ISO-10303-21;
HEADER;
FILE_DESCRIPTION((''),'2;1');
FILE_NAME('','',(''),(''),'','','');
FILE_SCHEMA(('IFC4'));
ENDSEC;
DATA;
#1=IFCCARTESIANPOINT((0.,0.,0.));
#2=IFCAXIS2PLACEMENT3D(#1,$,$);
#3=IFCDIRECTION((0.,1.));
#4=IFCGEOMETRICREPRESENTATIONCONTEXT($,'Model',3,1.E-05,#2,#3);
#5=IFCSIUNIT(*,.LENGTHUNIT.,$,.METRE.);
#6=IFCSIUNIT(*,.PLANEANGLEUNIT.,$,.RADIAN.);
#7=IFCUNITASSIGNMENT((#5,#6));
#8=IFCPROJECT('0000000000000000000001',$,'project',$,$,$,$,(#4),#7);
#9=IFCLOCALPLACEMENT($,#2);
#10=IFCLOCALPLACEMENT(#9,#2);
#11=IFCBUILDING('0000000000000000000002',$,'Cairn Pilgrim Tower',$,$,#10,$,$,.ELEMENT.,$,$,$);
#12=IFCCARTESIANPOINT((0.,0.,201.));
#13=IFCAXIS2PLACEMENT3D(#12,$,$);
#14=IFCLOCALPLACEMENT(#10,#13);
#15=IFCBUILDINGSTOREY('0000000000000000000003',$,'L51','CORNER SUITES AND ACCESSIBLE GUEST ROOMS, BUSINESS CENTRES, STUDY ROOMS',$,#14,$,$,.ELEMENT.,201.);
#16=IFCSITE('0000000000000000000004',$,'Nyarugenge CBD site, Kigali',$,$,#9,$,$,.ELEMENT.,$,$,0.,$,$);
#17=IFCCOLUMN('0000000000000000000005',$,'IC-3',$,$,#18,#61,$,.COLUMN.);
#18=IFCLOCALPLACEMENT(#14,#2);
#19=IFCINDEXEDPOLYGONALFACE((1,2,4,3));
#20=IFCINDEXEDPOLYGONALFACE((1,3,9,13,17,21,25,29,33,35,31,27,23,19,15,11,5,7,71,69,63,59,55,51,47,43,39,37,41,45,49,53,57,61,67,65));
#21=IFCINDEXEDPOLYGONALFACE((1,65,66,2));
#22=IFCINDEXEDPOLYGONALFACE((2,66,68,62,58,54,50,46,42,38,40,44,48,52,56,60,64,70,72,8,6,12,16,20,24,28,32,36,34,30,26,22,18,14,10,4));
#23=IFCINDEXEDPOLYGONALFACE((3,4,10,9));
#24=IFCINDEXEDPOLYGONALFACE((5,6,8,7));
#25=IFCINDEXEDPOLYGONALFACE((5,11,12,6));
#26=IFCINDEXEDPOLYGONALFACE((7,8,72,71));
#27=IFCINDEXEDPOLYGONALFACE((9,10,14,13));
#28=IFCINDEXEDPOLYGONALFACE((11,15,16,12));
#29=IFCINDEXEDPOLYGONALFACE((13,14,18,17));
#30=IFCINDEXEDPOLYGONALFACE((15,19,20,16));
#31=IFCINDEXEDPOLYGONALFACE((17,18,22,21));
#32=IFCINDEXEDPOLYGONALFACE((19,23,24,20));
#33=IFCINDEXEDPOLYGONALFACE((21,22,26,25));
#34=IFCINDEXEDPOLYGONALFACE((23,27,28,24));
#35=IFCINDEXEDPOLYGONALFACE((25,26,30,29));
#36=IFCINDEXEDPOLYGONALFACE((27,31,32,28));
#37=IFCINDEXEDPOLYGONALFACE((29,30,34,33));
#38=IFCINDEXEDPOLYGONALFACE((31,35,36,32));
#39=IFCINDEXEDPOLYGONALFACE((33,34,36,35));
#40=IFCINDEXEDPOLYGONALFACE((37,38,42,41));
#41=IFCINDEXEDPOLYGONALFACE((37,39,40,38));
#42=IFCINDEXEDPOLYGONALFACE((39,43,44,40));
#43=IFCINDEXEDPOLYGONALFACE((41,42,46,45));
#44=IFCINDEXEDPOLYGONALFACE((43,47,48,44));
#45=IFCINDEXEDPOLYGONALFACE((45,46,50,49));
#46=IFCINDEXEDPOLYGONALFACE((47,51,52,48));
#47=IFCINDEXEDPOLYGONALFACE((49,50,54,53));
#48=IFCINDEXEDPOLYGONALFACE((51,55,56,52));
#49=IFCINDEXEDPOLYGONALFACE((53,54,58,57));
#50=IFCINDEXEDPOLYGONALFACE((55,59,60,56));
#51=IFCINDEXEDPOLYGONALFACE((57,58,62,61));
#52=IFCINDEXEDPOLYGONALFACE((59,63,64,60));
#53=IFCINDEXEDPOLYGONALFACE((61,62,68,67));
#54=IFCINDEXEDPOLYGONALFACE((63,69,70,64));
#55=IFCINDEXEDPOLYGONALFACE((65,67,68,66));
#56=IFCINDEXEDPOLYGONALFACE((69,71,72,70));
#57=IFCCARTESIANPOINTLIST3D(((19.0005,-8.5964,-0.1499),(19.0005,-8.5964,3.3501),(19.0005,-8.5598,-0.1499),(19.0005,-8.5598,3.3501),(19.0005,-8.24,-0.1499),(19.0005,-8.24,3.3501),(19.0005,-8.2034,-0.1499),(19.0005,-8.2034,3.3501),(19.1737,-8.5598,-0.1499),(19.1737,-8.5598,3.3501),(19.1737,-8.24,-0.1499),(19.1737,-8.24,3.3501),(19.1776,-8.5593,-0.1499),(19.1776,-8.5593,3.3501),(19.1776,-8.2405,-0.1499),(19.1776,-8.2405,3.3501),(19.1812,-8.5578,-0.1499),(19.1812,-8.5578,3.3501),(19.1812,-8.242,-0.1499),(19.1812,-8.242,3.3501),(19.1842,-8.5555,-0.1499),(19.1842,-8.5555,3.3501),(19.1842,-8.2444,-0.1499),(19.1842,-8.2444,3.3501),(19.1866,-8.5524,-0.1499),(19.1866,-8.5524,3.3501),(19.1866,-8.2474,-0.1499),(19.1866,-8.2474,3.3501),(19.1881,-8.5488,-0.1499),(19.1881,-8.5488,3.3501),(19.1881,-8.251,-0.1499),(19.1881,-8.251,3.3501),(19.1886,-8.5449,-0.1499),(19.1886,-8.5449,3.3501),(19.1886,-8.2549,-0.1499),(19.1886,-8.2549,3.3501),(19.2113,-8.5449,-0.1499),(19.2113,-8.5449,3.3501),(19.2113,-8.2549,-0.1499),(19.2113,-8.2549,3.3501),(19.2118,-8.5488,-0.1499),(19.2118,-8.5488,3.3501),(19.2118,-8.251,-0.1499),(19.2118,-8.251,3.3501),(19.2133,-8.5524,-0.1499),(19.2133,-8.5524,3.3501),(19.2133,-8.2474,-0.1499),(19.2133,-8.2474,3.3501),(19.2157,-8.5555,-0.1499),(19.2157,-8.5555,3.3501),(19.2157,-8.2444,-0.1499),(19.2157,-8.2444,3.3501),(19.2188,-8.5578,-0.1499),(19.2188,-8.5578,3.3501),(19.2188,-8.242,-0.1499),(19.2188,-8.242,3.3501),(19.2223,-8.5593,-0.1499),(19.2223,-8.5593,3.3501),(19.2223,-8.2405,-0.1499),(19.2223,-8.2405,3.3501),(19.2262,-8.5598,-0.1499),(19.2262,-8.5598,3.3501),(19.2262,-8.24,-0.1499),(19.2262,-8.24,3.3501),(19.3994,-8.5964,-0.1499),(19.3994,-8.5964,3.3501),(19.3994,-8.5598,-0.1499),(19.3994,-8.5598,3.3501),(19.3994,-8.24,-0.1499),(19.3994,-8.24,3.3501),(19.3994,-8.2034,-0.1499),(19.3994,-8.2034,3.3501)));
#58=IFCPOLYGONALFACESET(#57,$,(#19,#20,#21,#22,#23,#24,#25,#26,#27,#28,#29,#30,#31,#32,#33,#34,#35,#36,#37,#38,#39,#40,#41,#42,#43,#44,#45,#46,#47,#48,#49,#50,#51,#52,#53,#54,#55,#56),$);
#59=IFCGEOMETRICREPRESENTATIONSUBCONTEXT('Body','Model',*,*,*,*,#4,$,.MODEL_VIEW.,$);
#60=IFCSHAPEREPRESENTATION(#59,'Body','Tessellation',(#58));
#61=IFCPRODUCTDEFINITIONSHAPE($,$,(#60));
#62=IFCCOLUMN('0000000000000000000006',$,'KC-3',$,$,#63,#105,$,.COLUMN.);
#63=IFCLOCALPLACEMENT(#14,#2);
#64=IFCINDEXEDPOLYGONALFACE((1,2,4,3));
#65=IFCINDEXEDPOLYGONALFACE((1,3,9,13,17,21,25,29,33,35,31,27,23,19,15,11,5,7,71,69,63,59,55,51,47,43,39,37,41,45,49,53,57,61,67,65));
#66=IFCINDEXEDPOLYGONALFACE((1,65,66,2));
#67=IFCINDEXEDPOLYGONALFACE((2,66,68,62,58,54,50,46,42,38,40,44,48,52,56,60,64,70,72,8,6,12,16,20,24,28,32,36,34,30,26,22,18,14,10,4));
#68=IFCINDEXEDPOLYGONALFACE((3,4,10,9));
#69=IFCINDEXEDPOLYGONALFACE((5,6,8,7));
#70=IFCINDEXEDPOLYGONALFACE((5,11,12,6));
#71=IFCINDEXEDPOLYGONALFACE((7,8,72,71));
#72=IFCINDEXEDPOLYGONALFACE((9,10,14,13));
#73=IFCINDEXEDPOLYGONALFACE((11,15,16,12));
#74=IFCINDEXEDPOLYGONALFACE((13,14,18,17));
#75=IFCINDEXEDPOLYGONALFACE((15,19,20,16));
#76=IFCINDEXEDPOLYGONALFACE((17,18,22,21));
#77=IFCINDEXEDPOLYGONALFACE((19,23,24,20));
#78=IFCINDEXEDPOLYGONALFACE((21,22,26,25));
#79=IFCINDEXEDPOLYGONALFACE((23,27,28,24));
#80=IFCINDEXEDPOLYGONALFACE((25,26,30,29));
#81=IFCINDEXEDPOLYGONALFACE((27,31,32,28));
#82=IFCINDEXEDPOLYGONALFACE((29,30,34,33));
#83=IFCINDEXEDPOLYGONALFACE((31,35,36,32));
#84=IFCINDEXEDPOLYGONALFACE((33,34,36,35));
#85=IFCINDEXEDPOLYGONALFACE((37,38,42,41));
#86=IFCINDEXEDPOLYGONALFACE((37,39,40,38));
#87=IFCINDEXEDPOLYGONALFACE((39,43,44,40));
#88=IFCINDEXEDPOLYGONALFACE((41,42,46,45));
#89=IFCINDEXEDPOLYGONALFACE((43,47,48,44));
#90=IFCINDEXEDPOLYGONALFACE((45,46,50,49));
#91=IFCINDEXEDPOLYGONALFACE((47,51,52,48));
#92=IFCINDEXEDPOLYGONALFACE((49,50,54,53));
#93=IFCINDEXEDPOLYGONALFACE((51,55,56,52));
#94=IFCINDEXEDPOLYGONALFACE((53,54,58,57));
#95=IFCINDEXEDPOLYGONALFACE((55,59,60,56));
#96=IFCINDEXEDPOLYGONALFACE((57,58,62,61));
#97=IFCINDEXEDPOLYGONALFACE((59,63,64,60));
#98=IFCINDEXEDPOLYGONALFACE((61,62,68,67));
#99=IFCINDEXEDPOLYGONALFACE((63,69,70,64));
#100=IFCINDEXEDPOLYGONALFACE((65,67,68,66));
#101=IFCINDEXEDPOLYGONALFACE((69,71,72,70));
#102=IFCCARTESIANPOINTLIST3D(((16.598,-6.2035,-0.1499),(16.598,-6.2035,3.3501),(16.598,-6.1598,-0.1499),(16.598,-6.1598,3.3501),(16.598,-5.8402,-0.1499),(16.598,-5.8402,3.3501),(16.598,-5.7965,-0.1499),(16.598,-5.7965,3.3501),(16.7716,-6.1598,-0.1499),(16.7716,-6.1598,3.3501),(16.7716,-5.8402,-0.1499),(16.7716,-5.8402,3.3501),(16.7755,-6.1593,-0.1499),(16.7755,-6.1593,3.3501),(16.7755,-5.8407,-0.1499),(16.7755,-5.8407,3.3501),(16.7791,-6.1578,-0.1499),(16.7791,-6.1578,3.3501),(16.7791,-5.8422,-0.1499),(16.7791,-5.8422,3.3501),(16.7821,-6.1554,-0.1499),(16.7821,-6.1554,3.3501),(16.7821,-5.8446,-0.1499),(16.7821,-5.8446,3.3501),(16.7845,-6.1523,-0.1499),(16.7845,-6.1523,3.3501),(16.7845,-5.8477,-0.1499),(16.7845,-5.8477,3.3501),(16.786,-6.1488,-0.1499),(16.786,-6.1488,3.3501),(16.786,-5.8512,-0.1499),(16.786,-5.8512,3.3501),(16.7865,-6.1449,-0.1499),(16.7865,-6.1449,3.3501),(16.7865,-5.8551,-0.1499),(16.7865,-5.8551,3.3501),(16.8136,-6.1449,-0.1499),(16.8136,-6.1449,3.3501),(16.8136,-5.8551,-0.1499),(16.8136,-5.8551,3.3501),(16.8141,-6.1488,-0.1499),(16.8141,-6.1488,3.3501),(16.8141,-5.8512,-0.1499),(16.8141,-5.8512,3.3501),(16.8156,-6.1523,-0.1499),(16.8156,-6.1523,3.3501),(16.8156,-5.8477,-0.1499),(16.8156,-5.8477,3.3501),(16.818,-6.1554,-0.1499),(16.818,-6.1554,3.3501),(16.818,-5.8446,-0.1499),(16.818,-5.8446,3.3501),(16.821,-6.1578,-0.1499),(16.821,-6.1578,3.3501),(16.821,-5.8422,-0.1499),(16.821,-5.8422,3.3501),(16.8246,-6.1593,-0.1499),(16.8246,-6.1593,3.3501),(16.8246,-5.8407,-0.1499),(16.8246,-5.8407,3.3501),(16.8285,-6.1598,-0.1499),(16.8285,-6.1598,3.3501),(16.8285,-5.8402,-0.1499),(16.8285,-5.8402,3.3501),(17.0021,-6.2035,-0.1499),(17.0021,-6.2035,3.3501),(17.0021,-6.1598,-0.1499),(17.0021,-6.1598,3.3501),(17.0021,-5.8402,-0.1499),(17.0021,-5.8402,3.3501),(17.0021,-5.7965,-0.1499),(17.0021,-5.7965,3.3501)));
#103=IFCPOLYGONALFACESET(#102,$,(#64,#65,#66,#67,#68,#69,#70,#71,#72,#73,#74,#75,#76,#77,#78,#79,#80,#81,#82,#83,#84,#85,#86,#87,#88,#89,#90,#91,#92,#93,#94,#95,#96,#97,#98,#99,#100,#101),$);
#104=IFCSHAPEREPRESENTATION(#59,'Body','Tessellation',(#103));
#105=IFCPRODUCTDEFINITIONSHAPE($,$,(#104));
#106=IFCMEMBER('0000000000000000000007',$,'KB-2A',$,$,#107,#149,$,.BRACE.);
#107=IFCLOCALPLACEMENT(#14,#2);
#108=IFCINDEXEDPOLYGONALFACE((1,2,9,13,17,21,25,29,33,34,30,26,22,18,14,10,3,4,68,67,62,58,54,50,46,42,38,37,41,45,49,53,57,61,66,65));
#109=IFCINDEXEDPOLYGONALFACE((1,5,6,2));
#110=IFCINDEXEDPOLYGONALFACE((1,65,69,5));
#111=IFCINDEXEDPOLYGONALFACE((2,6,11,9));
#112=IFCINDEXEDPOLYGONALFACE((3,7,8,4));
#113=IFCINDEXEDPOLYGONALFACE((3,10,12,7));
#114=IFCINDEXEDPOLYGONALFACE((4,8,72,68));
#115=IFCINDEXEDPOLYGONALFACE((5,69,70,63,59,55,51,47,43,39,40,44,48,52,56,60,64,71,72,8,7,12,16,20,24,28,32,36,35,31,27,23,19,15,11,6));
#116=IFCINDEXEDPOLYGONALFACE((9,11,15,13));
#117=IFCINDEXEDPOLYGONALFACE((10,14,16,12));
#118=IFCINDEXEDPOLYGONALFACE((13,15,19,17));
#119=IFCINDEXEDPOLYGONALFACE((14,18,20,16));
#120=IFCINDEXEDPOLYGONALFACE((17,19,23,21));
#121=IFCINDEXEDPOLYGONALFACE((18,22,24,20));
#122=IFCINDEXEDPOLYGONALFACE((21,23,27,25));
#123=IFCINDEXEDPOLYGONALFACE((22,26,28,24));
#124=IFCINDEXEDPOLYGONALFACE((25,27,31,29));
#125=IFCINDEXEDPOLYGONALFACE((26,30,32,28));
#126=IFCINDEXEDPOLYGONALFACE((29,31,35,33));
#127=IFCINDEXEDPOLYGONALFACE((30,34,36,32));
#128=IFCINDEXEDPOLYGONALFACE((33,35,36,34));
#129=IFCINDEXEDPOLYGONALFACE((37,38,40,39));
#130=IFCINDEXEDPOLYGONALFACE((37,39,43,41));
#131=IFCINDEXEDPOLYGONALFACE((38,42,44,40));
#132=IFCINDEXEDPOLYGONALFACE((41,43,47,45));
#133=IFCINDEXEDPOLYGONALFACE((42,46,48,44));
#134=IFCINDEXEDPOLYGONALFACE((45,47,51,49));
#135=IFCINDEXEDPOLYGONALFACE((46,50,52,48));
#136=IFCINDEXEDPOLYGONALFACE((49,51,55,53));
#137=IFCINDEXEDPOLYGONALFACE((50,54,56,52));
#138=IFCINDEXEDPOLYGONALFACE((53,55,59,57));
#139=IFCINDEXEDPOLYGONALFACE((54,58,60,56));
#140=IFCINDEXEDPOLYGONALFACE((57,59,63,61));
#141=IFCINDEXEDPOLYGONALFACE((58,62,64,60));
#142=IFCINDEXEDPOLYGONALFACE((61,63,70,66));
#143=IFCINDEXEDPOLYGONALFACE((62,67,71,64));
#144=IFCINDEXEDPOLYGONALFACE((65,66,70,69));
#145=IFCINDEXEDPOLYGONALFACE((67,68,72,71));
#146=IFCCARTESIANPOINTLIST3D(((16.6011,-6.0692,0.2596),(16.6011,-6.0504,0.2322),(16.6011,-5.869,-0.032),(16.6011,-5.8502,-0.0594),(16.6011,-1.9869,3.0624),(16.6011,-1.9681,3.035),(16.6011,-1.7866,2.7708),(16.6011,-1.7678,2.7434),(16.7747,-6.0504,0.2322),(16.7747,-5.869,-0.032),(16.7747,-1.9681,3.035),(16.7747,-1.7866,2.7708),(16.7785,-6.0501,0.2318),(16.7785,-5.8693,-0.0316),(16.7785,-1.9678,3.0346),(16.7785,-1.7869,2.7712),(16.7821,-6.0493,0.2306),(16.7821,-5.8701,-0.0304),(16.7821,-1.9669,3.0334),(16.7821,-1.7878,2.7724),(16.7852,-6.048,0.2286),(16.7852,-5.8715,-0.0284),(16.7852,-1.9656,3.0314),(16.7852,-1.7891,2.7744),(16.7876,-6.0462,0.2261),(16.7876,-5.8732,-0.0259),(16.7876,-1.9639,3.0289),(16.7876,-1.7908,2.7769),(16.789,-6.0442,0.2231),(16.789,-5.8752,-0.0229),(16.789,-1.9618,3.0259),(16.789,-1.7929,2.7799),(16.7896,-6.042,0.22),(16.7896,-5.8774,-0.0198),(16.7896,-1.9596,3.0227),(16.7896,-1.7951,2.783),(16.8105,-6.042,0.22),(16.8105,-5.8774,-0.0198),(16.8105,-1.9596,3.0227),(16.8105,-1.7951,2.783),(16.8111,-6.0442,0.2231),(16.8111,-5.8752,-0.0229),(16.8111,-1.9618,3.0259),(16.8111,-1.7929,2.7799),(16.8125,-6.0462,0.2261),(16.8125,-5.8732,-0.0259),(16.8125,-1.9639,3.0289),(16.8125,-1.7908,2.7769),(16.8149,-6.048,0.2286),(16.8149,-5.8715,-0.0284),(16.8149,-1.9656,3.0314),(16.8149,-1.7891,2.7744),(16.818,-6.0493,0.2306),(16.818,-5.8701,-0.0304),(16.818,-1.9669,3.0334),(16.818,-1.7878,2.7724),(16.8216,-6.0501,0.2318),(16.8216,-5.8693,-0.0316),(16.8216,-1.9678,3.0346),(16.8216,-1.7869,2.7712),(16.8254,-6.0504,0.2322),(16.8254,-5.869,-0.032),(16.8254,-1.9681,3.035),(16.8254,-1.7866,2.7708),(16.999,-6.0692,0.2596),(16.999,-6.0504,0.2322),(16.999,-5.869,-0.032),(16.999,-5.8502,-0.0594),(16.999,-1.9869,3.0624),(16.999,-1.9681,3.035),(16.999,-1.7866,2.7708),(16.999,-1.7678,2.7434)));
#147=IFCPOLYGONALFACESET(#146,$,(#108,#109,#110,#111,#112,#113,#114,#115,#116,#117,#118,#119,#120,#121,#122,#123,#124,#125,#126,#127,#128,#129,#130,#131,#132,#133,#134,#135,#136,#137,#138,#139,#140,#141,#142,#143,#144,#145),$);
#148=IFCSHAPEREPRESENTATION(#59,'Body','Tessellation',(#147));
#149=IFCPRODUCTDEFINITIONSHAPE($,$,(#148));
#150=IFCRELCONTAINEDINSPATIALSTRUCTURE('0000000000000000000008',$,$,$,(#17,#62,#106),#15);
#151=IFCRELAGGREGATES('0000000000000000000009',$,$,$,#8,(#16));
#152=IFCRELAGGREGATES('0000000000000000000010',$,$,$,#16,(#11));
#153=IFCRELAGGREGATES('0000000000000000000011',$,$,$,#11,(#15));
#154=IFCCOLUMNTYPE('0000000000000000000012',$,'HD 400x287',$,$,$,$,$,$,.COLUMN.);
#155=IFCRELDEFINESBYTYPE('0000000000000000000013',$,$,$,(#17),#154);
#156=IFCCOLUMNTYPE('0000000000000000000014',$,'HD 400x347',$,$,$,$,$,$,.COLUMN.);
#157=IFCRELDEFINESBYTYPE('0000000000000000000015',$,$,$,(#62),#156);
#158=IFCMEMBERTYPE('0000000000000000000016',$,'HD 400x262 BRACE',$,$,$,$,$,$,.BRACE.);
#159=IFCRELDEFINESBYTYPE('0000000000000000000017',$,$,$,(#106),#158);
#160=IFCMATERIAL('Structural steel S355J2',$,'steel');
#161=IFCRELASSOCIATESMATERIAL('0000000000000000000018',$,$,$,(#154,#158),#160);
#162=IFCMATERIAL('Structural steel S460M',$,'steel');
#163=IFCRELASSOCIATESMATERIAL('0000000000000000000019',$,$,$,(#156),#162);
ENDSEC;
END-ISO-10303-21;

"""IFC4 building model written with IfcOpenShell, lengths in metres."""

from ifc_helpers import new_model, si_unit, direction, frame, origin, origin_2d, place, context, subcontext, project, spatial, i_section, extrude, material, material_profile, profile_set, type_object, element, save


model = new_model("IFC4")

# Units and contexts
model_context = context("Model", 3, precision=1e-05, world=origin(), true_north=direction((0.0, 1.0)))
body_context = subcontext(model_context, "Body", "Model", "MODEL_VIEW")
ifc_project = project(units=[si_unit("LENGTHUNIT", "METRE"), si_unit("PLANEANGLEUNIT", "RADIAN")], contexts=[model_context])

# Site, building, storey
site_placement = place(None, origin())
site = spatial("IfcSite", under=ifc_project, at=site_placement, Name="Nyarugenge CBD site, Kigali", CompositionType="ELEMENT", RefElevation=0.0)
building_placement = place(site_placement, origin())
building = spatial("IfcBuilding", under=site, at=building_placement, Name="Cairn Pilgrim Tower", CompositionType="ELEMENT")
storey_placement = place(building_placement, frame((0.0, 0.0, 201.0)))
storey = spatial("IfcBuildingStorey", under=building, at=storey_placement, Name="L51", Description="CORNER SUITES AND ACCESSIBLE GUEST ROOMS, BUSINESS CENTRES, STUDY ROOMS", CompositionType="ELEMENT", Elevation=201.0)

# Columns
ifc_material_1 = material(Name="Structural steel S355J2", Category="steel")
ifc_material_profile_1 = material_profile(ifc_material_1, i_section(OverallWidth=0.3989, OverallDepth=0.3931, WebThickness=0.0227, FlangeThickness=0.0366, FilletRadius=0.0149, at=origin_2d()), Name="HD 400x287")
ifc_profile_set_1 = profile_set([ifc_material_profile_1], Name="Structural steel S355J2")
column_type_1 = type_object("IfcColumnType", Name="HD 400x287", PredefinedType="COLUMN", material=ifc_profile_set_1)
column_1_placement = place(storey_placement, frame((19.2, -8.3999, -0.1499), z_axis=(0.0, 0.0, 1.0), x_axis=(1.0, 0.0, 0.0)))
element("IfcColumn", 1, at=column_1_placement, inside=storey, type_object=column_type_1, Name="IC-3", PredefinedType="COLUMN", context=body_context, shape_type="SweptSolid", body=[
    extrude(i_section(OverallWidth=0.3989, OverallDepth=0.3931, WebThickness=0.0227, FlangeThickness=0.0366, FilletRadius=0.0149, at=origin_2d()), origin(), (0.0, 0.0, 1.0), 3.5),
])
ifc_material_2 = material(Name="Structural steel S460M", Category="steel")
ifc_material_profile_2 = material_profile(ifc_material_2, i_section(OverallWidth=0.4041, OverallDepth=0.407, WebThickness=0.0271, FlangeThickness=0.0437, FilletRadius=0.0149, at=origin_2d()), Name="HD 400x347")
ifc_profile_set_2 = profile_set([ifc_material_profile_2], Name="Structural steel S460M")
column_type_2 = type_object("IfcColumnType", Name="HD 400x347", PredefinedType="COLUMN", material=ifc_profile_set_2)
column_2_placement = place(storey_placement, frame((16.8, -6.0, -0.1499), z_axis=(0.0, 0.0, 1.0), x_axis=(1.0, 0.0, 0.0)))
element("IfcColumn", 2, at=column_2_placement, inside=storey, type_object=column_type_2, Name="KC-3", PredefinedType="COLUMN", context=body_context, shape_type="SweptSolid", body=[
    extrude(i_section(OverallWidth=0.4041, OverallDepth=0.407, WebThickness=0.0271, FlangeThickness=0.0437, FilletRadius=0.0149, at=origin_2d()), origin(), (0.0, 0.0, 1.0), 3.5),
])

# Member
ifc_material_profile_3 = material_profile(ifc_material_1, i_section(OverallWidth=0.3979, OverallDepth=0.387, WebThickness=0.021, FlangeThickness=0.0332, FilletRadius=0.0149, at=origin_2d()), Name="HD 400x262")
ifc_profile_set_3 = profile_set([ifc_material_profile_3], Name="Structural steel S355J2")
member_type = type_object("IfcMemberType", Name="HD 400x262 BRACE", PredefinedType="BRACE", material=ifc_profile_set_3)
member_placement = place(storey_placement, frame((16.8, -5.9597, 0.1001), z_axis=(0.0, 0.824403, 0.566004), x_axis=(-1.0, 0.0, 0.0)))
element("IfcMember", 3, at=member_placement, inside=storey, type_object=member_type, Name="KB-2A", PredefinedType="BRACE", context=body_context, shape_type="SweptSolid", body=[
    extrude(i_section(OverallWidth=0.3979, OverallDepth=0.387, WebThickness=0.021, FlangeThickness=0.0332, FilletRadius=0.0149, at=origin_2d()), origin(), (0.0, 0.0, 1.0), 4.9519),
])

save(model, "model.ifc")
